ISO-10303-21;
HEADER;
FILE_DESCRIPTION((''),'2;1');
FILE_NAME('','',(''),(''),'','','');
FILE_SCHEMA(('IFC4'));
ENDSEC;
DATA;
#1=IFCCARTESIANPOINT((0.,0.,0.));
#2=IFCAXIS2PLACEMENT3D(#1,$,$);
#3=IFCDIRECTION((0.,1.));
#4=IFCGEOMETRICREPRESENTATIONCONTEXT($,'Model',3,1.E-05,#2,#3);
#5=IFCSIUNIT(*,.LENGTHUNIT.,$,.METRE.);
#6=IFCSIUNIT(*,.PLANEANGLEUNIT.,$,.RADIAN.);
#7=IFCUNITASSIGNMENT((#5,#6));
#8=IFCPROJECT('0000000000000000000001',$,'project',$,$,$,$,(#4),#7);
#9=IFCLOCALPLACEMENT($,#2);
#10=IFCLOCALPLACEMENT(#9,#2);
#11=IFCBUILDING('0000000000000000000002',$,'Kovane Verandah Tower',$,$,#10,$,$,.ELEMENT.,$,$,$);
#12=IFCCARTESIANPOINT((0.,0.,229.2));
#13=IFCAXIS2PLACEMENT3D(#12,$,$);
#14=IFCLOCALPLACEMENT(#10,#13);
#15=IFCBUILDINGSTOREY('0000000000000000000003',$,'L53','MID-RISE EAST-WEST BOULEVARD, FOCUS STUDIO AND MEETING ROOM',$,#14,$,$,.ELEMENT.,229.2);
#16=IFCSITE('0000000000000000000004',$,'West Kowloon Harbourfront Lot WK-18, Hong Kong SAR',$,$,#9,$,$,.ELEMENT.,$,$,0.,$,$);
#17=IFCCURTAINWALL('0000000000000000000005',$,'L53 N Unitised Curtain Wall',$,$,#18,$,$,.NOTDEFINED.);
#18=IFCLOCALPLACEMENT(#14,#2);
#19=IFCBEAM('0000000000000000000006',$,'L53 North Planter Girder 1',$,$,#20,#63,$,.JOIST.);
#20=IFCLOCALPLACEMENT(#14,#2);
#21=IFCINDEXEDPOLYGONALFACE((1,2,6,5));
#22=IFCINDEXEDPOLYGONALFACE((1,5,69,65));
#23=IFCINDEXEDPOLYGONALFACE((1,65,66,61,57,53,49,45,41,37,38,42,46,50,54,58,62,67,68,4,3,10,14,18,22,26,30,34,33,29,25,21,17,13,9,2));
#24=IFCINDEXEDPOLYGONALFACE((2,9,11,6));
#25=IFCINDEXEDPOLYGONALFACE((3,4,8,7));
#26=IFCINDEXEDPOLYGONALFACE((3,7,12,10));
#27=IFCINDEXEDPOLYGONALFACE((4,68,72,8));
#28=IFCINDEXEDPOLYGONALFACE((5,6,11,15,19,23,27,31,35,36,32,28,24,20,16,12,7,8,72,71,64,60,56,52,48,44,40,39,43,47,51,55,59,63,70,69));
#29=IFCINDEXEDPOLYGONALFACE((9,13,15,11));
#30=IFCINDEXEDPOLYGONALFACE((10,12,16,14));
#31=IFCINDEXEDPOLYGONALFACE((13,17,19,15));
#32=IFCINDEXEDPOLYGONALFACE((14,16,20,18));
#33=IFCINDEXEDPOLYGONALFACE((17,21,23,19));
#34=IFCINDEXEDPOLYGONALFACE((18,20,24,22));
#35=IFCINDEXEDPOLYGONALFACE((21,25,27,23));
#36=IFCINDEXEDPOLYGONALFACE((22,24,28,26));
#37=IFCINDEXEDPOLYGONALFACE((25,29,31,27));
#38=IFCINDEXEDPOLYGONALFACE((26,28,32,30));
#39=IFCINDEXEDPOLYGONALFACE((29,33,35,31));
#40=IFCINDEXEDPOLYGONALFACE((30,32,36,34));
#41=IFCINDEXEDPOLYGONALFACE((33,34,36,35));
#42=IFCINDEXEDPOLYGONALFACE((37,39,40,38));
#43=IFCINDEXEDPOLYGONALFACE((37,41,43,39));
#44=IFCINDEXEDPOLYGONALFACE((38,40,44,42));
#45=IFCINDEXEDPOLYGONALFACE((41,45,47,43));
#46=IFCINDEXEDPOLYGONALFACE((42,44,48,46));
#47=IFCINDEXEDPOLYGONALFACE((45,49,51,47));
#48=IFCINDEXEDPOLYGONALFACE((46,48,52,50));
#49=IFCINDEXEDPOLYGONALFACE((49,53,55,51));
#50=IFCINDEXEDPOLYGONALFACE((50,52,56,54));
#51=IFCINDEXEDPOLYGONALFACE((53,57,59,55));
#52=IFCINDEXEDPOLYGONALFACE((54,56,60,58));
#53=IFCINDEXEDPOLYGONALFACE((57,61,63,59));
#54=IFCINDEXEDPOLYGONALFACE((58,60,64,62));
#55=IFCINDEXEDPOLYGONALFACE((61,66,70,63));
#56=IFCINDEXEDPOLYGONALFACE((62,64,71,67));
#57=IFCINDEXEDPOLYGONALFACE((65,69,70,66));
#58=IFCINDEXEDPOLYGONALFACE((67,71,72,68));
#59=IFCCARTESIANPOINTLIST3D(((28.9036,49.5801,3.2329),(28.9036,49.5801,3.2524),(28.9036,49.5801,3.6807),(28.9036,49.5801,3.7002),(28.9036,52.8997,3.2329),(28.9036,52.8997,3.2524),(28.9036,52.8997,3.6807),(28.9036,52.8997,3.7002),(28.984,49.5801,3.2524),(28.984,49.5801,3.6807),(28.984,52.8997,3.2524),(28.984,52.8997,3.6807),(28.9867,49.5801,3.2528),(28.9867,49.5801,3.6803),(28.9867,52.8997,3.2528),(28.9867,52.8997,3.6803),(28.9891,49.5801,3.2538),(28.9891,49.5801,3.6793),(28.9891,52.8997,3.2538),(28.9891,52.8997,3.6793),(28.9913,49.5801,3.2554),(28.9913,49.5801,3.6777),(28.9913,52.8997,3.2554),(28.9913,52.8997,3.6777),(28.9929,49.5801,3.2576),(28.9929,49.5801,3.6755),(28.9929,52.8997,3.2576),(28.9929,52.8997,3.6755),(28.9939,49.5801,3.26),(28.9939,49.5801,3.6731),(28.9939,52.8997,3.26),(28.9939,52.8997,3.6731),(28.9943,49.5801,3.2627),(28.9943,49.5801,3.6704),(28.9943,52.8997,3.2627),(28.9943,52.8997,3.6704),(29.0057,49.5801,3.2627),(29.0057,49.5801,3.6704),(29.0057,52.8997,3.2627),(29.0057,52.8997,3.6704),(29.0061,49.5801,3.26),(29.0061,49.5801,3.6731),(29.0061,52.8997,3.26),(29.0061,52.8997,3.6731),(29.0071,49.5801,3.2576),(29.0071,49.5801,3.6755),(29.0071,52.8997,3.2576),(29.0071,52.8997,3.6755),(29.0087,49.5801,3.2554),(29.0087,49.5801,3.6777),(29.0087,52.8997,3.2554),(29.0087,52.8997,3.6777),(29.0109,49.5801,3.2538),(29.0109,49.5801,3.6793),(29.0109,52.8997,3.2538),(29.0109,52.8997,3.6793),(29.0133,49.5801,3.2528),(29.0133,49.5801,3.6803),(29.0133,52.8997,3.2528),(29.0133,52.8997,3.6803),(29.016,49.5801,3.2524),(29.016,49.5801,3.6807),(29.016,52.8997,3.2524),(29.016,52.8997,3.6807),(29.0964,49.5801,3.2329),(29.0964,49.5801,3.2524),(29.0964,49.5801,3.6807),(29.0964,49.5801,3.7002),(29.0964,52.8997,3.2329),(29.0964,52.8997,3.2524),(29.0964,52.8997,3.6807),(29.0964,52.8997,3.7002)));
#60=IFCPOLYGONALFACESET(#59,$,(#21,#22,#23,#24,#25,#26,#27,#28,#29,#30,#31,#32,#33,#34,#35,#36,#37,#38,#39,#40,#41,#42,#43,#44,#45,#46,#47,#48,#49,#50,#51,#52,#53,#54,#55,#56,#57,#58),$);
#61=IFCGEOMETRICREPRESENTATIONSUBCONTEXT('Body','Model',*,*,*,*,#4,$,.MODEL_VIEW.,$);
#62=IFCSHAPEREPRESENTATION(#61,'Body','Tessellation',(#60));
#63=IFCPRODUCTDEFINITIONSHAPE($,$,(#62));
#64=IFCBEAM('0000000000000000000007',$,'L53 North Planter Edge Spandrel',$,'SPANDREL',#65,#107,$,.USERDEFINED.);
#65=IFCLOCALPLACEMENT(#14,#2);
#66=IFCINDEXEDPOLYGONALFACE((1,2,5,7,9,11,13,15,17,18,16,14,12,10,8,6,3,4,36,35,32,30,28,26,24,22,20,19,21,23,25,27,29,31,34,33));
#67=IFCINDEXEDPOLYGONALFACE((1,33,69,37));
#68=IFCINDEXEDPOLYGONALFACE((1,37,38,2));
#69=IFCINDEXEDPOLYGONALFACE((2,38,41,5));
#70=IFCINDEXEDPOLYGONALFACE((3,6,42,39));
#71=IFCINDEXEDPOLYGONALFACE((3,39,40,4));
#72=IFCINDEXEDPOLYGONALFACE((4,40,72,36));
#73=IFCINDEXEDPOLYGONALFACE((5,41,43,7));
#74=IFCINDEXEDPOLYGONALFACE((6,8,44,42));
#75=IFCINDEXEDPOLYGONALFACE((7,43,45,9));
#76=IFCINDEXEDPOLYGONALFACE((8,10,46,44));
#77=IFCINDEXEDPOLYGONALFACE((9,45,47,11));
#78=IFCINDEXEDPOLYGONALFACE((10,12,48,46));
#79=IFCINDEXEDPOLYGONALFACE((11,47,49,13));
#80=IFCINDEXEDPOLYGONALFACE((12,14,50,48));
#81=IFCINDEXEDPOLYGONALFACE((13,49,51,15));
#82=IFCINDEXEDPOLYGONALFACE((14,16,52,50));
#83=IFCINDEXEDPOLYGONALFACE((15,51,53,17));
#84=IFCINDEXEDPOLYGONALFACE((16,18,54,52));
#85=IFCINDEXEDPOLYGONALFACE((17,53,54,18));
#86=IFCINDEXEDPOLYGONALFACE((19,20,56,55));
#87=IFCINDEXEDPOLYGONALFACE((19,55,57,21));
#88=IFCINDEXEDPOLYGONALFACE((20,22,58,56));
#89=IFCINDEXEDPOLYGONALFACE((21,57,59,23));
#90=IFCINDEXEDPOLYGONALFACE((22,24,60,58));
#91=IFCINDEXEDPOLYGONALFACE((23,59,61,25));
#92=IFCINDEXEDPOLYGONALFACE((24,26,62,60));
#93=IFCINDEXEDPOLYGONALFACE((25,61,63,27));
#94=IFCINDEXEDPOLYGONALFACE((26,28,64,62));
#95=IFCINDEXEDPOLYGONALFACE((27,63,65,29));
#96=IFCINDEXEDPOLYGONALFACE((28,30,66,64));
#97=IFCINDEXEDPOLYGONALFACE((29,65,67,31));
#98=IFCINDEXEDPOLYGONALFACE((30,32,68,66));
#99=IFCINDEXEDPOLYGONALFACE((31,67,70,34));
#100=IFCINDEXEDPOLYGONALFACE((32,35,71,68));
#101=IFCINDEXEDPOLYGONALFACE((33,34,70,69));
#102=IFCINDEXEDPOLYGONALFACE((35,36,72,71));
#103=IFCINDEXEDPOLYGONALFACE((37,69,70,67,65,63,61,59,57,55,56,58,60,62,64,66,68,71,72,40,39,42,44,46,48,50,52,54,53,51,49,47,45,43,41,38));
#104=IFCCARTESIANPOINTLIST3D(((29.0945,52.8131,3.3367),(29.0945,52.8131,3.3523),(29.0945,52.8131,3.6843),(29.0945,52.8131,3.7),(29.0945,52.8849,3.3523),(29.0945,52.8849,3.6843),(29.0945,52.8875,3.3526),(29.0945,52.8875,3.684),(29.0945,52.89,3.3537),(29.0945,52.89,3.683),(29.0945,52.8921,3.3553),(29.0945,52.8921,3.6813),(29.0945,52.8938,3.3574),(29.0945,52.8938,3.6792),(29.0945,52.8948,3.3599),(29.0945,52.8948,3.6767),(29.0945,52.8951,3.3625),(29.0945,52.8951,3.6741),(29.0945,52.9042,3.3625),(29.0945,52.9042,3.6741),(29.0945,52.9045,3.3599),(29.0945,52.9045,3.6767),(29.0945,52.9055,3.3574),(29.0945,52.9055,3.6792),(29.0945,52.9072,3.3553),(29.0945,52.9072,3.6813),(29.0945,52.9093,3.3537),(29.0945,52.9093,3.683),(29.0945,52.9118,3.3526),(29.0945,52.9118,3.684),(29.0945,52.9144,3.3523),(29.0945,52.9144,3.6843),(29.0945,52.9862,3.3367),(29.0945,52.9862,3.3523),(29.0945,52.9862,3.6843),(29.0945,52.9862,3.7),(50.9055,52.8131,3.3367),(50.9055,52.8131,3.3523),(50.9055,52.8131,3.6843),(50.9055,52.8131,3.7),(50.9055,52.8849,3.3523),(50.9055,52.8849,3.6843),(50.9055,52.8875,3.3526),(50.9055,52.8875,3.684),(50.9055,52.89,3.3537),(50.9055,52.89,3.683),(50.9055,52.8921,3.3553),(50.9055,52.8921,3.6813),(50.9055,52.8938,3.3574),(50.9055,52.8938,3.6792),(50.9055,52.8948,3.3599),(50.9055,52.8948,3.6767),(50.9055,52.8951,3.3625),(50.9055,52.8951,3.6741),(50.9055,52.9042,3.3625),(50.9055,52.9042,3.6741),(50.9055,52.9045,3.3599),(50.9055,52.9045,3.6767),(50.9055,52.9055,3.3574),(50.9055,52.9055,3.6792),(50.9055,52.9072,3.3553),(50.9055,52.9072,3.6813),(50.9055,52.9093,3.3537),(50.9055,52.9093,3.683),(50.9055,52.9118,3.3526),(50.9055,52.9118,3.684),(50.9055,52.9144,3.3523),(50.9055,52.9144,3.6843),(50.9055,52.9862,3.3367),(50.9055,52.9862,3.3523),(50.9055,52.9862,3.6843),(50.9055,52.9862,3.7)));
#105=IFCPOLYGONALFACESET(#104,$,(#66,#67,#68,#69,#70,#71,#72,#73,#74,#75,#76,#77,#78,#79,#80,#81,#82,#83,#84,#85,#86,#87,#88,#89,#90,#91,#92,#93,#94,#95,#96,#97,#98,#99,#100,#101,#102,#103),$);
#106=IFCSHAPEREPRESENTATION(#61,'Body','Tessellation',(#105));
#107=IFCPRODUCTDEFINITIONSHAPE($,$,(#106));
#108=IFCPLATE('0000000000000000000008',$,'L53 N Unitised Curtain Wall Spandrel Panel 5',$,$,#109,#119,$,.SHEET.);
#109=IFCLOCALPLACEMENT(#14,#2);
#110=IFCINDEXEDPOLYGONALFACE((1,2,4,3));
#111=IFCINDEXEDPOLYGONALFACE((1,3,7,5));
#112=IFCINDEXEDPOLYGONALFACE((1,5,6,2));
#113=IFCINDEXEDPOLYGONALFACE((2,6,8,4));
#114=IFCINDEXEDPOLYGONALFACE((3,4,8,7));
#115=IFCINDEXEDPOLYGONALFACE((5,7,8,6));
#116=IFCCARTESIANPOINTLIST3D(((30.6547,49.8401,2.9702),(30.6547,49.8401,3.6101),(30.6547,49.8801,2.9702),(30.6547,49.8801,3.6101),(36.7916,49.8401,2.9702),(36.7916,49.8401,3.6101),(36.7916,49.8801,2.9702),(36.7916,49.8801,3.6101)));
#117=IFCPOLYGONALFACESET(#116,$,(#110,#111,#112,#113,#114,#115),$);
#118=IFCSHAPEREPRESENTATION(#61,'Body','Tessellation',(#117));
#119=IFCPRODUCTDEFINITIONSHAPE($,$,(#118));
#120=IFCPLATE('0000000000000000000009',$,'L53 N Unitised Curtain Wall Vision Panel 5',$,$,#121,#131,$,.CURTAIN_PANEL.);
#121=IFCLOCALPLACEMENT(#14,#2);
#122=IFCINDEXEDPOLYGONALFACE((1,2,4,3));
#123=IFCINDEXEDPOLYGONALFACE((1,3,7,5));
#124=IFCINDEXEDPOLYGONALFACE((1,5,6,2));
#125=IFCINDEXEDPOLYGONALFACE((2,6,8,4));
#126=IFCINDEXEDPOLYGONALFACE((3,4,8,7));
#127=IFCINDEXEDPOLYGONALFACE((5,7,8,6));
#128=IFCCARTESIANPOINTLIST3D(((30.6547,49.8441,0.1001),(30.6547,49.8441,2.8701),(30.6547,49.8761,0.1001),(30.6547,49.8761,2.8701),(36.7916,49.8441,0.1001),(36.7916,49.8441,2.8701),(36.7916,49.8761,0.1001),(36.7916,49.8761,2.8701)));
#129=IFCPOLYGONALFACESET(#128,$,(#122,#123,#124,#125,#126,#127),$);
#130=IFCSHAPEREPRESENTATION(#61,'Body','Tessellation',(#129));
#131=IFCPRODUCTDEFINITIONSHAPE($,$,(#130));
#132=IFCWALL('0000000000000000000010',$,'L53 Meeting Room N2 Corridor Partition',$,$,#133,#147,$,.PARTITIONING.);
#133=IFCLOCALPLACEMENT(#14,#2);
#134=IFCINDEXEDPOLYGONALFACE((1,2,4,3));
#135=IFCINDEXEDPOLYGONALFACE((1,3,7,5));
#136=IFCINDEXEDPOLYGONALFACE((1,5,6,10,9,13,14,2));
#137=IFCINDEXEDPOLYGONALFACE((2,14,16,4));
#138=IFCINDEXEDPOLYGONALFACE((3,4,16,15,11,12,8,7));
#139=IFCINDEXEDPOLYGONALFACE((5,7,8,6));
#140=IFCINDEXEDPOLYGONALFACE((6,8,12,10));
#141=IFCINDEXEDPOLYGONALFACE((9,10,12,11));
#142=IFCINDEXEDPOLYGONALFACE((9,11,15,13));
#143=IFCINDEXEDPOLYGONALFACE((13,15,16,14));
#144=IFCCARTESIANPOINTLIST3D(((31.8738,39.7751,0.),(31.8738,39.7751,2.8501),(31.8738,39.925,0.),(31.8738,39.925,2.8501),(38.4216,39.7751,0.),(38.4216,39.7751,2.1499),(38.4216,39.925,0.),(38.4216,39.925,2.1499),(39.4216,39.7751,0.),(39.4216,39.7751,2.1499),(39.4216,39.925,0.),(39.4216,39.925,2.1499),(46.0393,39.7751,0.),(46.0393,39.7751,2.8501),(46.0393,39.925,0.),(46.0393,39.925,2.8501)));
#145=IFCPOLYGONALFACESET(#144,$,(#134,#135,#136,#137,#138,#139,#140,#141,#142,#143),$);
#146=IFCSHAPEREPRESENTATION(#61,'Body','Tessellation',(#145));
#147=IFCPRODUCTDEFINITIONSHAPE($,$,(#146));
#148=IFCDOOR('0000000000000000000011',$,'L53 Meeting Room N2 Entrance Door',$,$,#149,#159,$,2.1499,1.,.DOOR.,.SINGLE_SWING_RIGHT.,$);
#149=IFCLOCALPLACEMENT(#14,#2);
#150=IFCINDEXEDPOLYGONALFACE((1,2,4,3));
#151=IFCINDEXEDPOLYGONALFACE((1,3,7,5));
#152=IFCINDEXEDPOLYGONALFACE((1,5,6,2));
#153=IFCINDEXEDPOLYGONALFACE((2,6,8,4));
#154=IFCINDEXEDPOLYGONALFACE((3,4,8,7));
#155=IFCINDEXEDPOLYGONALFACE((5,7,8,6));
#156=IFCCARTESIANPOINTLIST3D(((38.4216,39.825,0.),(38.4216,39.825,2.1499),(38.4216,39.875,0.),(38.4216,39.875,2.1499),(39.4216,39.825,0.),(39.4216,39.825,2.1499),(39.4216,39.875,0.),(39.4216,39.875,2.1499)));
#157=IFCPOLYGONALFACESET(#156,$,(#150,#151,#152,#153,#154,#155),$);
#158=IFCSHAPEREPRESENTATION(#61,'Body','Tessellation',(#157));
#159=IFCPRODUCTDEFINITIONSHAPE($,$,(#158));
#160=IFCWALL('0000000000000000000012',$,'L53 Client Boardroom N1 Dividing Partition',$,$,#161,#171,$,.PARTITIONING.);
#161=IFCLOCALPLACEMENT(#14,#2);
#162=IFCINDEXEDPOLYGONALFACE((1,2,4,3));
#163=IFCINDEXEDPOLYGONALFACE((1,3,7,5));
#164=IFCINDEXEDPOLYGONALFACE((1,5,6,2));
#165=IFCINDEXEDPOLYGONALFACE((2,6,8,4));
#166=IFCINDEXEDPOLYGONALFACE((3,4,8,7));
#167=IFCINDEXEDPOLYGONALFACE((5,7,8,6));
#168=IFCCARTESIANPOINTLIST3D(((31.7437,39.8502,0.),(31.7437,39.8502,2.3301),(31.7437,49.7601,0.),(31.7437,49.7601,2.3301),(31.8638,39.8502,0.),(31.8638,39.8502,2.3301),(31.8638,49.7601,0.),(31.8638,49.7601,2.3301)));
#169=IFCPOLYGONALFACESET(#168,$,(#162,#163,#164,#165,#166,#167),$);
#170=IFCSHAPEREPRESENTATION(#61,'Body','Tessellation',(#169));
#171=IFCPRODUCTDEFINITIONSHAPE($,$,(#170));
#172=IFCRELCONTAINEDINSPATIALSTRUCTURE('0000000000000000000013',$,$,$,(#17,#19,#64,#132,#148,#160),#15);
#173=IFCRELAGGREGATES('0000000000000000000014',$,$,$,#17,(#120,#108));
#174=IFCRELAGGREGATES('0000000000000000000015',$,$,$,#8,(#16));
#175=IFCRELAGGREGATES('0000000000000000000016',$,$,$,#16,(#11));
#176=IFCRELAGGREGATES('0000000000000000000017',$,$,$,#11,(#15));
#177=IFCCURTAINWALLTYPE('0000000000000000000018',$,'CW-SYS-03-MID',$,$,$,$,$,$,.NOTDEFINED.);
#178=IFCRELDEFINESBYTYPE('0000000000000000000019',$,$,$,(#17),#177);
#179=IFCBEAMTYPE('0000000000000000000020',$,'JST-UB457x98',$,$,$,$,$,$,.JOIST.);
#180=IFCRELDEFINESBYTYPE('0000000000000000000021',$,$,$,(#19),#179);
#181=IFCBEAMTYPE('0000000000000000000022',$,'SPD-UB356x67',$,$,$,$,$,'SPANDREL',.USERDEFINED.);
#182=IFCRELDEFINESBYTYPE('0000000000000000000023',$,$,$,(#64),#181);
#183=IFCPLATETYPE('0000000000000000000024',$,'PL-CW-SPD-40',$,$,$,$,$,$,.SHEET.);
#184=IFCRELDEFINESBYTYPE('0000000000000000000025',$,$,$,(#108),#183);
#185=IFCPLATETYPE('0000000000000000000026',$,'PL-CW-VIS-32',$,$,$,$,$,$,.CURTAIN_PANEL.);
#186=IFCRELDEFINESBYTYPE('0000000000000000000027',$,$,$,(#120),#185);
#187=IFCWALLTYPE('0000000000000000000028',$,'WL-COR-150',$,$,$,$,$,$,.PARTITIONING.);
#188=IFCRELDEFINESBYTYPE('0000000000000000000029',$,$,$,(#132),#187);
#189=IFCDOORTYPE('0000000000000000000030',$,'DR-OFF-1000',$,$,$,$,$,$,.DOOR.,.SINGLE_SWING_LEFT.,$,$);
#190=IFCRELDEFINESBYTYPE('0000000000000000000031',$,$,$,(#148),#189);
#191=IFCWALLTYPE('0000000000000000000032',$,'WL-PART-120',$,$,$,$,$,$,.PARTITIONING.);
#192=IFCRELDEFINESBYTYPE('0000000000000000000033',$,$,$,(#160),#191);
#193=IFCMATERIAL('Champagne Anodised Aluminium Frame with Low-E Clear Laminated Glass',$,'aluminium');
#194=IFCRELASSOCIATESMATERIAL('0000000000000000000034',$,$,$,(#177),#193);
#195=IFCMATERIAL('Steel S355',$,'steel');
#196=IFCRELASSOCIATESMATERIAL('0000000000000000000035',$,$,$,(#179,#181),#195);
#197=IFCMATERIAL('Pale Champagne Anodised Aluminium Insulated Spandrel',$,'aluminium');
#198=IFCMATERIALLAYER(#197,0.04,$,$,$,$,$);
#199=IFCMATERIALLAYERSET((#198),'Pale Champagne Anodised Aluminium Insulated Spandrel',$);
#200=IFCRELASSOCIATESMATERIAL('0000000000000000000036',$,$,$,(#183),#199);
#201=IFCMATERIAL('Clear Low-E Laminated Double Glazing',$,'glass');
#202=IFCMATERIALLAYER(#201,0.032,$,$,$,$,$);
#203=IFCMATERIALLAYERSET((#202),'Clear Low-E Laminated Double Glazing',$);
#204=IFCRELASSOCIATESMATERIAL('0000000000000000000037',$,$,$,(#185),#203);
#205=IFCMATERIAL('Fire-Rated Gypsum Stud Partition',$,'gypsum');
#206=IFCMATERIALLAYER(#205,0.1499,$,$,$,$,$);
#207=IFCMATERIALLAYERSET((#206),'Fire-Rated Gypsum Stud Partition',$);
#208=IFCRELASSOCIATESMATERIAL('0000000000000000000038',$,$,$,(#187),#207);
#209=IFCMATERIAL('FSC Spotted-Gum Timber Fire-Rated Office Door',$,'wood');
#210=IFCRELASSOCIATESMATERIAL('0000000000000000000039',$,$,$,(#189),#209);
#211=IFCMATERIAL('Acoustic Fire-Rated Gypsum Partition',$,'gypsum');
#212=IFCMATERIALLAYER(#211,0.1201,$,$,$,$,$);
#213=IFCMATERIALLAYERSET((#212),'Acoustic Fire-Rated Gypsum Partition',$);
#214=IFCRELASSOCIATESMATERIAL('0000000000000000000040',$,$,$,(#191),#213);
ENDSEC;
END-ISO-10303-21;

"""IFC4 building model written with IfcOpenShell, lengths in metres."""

from ifc_helpers import new_model, si_unit, direction, frame, frame_2d, origin, origin_2d, place, context, subcontext, project, spatial, rectangle, i_section, extrude, material, layer, layer_set, material_profile, profile_set, type_object, element, fill, aggregate, save


model = new_model("IFC4")

# Units and contexts
model_context = context("Model", 3, precision=1e-05, world=origin(), true_north=direction((0.0, 1.0)))
body_context = subcontext(model_context, "Body", "Model", "MODEL_VIEW")
ifc_project = project(units=[si_unit("LENGTHUNIT", "METRE"), si_unit("PLANEANGLEUNIT", "RADIAN")], contexts=[model_context])

# Site, building, storey
site_placement = place(None, origin())
site = spatial("IfcSite", under=ifc_project, at=site_placement, Name="West Kowloon Harbourfront Lot WK-18, Hong Kong SAR", CompositionType="ELEMENT", RefElevation=0.0)
building_placement = place(site_placement, origin())
building = spatial("IfcBuilding", under=site, at=building_placement, Name="Kovane Verandah Tower", CompositionType="ELEMENT")
storey_placement = place(building_placement, frame((0.0, 0.0, 229.2)))
storey = spatial("IfcBuildingStorey", under=building, at=storey_placement, Name="L53", Description="MID-RISE EAST-WEST BOULEVARD, FOCUS STUDIO AND MEETING ROOM", CompositionType="ELEMENT", Elevation=229.2)

# Shared definitions
ifc_material_1 = material(Name="Steel S355", Category="steel")

# Curtain wall
ifc_material_2 = material(Name="Champagne Anodised Aluminium Frame with Low-E Clear Laminated Glass", Category="aluminium")
curtain_wall_type = type_object("IfcCurtainWallType", Name="CW-SYS-03-MID", PredefinedType="NOTDEFINED", material=ifc_material_2)
curtain_wall_placement = place(storey_placement, origin())
curtain_wall = element("IfcCurtainWall", 1, at=curtain_wall_placement, inside=storey, type_object=curtain_wall_type, Name="L53 N Unitised Curtain Wall", PredefinedType="NOTDEFINED")

# Beams
ifc_material_profile_1 = material_profile(ifc_material_1, i_section(OverallWidth=0.1929, OverallDepth=0.4673, WebThickness=0.0115, FlangeThickness=0.0195, FilletRadius=0.0103, at=origin_2d()), Name="UB457x191x98")
ifc_profile_set_1 = profile_set([ifc_material_profile_1], Name="Steel S355")
beam_type_1 = type_object("IfcBeamType", Name="JST-UB457x98", PredefinedType="JOIST", material=ifc_profile_set_1)
beam_1_placement = place(storey_placement, frame((29.0, 49.5801, 3.4666), z_axis=(0.0, 1.0, 0.0), x_axis=(-1.0, 0.0, 0.0)))
element("IfcBeam", 2, at=beam_1_placement, inside=storey, type_object=beam_type_1, Name="L53 North Planter Girder 1", PredefinedType="JOIST", context=body_context, shape_type="SweptSolid", body=[
    extrude(i_section(OverallWidth=0.1929, OverallDepth=0.4673, WebThickness=0.0115, FlangeThickness=0.0195, FilletRadius=0.0103, at=origin_2d()), origin(), (0.0, 0.0, 1.0), 3.3196),
])
ifc_material_profile_2 = material_profile(ifc_material_1, i_section(OverallWidth=0.1731, OverallDepth=0.3633, WebThickness=0.009, FlangeThickness=0.0156, FilletRadius=0.0103, at=origin_2d()), Name="UB356x171x67")
ifc_profile_set_2 = profile_set([ifc_material_profile_2], Name="Steel S355")
beam_type_2 = type_object("IfcBeamType", Name="SPD-UB356x67", ElementType="SPANDREL", PredefinedType="USERDEFINED", material=ifc_profile_set_2)
beam_2_placement = place(storey_placement, frame((29.0945, 52.8997, 3.5183), z_axis=(1.0, 0.0, 0.0), x_axis=(0.0, 1.0, 0.0)))
element("IfcBeam", 3, at=beam_2_placement, inside=storey, type_object=beam_type_2, Name="L53 North Planter Edge Spandrel", ObjectType="SPANDREL", PredefinedType="USERDEFINED", context=body_context, shape_type="SweptSolid", body=[
    extrude(i_section(OverallWidth=0.1731, OverallDepth=0.3633, WebThickness=0.009, FlangeThickness=0.0156, FilletRadius=0.0103, at=origin_2d()), origin(), (0.0, 0.0, 1.0), 21.811),
])

# Plates
ifc_material_3 = material(Name="Pale Champagne Anodised Aluminium Insulated Spandrel", Category="aluminium")
ifc_layer_1 = layer(ifc_material_3, 0.04)
ifc_layer_set_1 = layer_set([ifc_layer_1], Name="Pale Champagne Anodised Aluminium Insulated Spandrel")
plate_type_1 = type_object("IfcPlateType", Name="PL-CW-SPD-40", PredefinedType="SHEET", material=ifc_layer_set_1)
plate_1_placement = place(storey_placement, frame((33.7231, 49.8601, 2.9702), z_axis=(0.0, 0.0, 1.0), x_axis=(-1.0, 0.0, 0.0)))
plate_1 = element("IfcPlate", 4, at=plate_1_placement, type_object=plate_type_1, Name="L53 N Unitised Curtain Wall Spandrel Panel 5", PredefinedType="SHEET", context=body_context, shape_type="SweptSolid", body=[
    extrude(rectangle(XDim=6.137, YDim=0.04, at=origin_2d()), origin(), (0.0, 0.0, 1.0), 0.6399),
])
ifc_material_4 = material(Name="Clear Low-E Laminated Double Glazing", Category="glass")
ifc_layer_2 = layer(ifc_material_4, 0.032)
ifc_layer_set_2 = layer_set([ifc_layer_2], Name="Clear Low-E Laminated Double Glazing")
plate_type_2 = type_object("IfcPlateType", Name="PL-CW-VIS-32", PredefinedType="CURTAIN_PANEL", material=ifc_layer_set_2)
plate_2_placement = place(storey_placement, frame((33.7231, 49.8601, 0.1001), z_axis=(0.0, 0.0, 1.0), x_axis=(-1.0, 0.0, 0.0)))
plate_2 = element("IfcPlate", 5, at=plate_2_placement, type_object=plate_type_2, Name="L53 N Unitised Curtain Wall Vision Panel 5", PredefinedType="CURTAIN_PANEL", context=body_context, shape_type="SweptSolid", body=[
    extrude(rectangle(XDim=6.137, YDim=0.032, at=origin_2d()), origin(), (0.0, 0.0, 1.0), 2.77),
])
aggregate(curtain_wall, [plate_2, plate_1])

# Wall, opening, door
ifc_material_5 = material(Name="Fire-Rated Gypsum Stud Partition", Category="gypsum")
ifc_layer_3 = layer(ifc_material_5, 0.1499)
ifc_layer_set_3 = layer_set([ifc_layer_3], Name="Fire-Rated Gypsum Stud Partition")
wall_type_1 = type_object("IfcWallType", Name="WL-COR-150", PredefinedType="PARTITIONING", material=ifc_layer_set_3)
wall_1_placement = place(storey_placement, frame((31.8738, 39.8501, 0.0), z_axis=(0.0, 0.0, 1.0), x_axis=(1.0, 0.0, 0.0)))
wall_1 = element("IfcWall", 6, at=wall_1_placement, inside=storey, type_object=wall_type_1, Name="L53 Meeting Room N2 Corridor Partition", PredefinedType="PARTITIONING", context=body_context, shape_type="SweptSolid", body=[
    extrude(rectangle(XDim=14.1655, YDim=0.1499, at=frame_2d((7.0828, 0.0))), origin(), (0.0, 0.0, 1.0), 2.8501),
])
opening_1_placement = place(wall_1_placement, frame((6.5479, 0.0, 0.0)))
opening_1 = element("IfcOpeningElement", 7, at=opening_1_placement, cuts=wall_1, PredefinedType="OPENING", context=body_context, shape_type="SweptSolid", body=[
    extrude(rectangle(XDim=1.0, YDim=2.1499, at=frame_2d((0.5, 1.075))), frame((0.0, 0.075, 0.0), z_axis=(0.0, -1.0, 0.0), x_axis=(1.0, 0.0, 0.0)), (0.0, 0.0, 1.0), 0.1499),
])
ifc_material_6 = material(Name="FSC Spotted-Gum Timber Fire-Rated Office Door", Category="wood")
door_type_1 = type_object("IfcDoorType", Name="DR-OFF-1000", OperationType="SINGLE_SWING_LEFT", PredefinedType="DOOR", material=ifc_material_6)
door_1_placement = place(opening_1_placement, origin())
door_1 = element("IfcDoor", 8, at=door_1_placement, inside=storey, type_object=door_type_1, Name="L53 Meeting Room N2 Entrance Door", OperationType="SINGLE_SWING_RIGHT", OverallHeight=2.1499, OverallWidth=1.0, PredefinedType="DOOR", context=body_context, shape_type="SweptSolid", body=[
    extrude(rectangle(XDim=1.0, YDim=2.1499, at=frame_2d((0.5, 1.075))), frame((0.0, 0.0249, 0.0), z_axis=(0.0, -1.0, 0.0), x_axis=(1.0, 0.0, 0.0)), (0.0, 0.0, 1.0), 0.05),
])
fill(opening_1, door_1)

# Wall
ifc_material_7 = material(Name="Acoustic Fire-Rated Gypsum Partition", Category="gypsum")
ifc_layer_4 = layer(ifc_material_7, 0.1201)
ifc_layer_set_4 = layer_set([ifc_layer_4], Name="Acoustic Fire-Rated Gypsum Partition")
wall_type_2 = type_object("IfcWallType", Name="WL-PART-120", PredefinedType="PARTITIONING", material=ifc_layer_set_4)
wall_2_placement = place(storey_placement, frame((31.8037, 39.8501, 0.0), z_axis=(0.0, 0.0, 1.0), x_axis=(0.0, 1.0, 0.0)))
element("IfcWall", 9, at=wall_2_placement, inside=storey, type_object=wall_type_2, Name="L53 Client Boardroom N1 Dividing Partition", PredefinedType="PARTITIONING", context=body_context, shape_type="SweptSolid", body=[
    extrude(rectangle(XDim=9.9099, YDim=0.1201, at=frame_2d((4.9551, 0.0))), origin(), (0.0, 0.0, 1.0), 2.3301),
])

save(model, "model.ifc")
